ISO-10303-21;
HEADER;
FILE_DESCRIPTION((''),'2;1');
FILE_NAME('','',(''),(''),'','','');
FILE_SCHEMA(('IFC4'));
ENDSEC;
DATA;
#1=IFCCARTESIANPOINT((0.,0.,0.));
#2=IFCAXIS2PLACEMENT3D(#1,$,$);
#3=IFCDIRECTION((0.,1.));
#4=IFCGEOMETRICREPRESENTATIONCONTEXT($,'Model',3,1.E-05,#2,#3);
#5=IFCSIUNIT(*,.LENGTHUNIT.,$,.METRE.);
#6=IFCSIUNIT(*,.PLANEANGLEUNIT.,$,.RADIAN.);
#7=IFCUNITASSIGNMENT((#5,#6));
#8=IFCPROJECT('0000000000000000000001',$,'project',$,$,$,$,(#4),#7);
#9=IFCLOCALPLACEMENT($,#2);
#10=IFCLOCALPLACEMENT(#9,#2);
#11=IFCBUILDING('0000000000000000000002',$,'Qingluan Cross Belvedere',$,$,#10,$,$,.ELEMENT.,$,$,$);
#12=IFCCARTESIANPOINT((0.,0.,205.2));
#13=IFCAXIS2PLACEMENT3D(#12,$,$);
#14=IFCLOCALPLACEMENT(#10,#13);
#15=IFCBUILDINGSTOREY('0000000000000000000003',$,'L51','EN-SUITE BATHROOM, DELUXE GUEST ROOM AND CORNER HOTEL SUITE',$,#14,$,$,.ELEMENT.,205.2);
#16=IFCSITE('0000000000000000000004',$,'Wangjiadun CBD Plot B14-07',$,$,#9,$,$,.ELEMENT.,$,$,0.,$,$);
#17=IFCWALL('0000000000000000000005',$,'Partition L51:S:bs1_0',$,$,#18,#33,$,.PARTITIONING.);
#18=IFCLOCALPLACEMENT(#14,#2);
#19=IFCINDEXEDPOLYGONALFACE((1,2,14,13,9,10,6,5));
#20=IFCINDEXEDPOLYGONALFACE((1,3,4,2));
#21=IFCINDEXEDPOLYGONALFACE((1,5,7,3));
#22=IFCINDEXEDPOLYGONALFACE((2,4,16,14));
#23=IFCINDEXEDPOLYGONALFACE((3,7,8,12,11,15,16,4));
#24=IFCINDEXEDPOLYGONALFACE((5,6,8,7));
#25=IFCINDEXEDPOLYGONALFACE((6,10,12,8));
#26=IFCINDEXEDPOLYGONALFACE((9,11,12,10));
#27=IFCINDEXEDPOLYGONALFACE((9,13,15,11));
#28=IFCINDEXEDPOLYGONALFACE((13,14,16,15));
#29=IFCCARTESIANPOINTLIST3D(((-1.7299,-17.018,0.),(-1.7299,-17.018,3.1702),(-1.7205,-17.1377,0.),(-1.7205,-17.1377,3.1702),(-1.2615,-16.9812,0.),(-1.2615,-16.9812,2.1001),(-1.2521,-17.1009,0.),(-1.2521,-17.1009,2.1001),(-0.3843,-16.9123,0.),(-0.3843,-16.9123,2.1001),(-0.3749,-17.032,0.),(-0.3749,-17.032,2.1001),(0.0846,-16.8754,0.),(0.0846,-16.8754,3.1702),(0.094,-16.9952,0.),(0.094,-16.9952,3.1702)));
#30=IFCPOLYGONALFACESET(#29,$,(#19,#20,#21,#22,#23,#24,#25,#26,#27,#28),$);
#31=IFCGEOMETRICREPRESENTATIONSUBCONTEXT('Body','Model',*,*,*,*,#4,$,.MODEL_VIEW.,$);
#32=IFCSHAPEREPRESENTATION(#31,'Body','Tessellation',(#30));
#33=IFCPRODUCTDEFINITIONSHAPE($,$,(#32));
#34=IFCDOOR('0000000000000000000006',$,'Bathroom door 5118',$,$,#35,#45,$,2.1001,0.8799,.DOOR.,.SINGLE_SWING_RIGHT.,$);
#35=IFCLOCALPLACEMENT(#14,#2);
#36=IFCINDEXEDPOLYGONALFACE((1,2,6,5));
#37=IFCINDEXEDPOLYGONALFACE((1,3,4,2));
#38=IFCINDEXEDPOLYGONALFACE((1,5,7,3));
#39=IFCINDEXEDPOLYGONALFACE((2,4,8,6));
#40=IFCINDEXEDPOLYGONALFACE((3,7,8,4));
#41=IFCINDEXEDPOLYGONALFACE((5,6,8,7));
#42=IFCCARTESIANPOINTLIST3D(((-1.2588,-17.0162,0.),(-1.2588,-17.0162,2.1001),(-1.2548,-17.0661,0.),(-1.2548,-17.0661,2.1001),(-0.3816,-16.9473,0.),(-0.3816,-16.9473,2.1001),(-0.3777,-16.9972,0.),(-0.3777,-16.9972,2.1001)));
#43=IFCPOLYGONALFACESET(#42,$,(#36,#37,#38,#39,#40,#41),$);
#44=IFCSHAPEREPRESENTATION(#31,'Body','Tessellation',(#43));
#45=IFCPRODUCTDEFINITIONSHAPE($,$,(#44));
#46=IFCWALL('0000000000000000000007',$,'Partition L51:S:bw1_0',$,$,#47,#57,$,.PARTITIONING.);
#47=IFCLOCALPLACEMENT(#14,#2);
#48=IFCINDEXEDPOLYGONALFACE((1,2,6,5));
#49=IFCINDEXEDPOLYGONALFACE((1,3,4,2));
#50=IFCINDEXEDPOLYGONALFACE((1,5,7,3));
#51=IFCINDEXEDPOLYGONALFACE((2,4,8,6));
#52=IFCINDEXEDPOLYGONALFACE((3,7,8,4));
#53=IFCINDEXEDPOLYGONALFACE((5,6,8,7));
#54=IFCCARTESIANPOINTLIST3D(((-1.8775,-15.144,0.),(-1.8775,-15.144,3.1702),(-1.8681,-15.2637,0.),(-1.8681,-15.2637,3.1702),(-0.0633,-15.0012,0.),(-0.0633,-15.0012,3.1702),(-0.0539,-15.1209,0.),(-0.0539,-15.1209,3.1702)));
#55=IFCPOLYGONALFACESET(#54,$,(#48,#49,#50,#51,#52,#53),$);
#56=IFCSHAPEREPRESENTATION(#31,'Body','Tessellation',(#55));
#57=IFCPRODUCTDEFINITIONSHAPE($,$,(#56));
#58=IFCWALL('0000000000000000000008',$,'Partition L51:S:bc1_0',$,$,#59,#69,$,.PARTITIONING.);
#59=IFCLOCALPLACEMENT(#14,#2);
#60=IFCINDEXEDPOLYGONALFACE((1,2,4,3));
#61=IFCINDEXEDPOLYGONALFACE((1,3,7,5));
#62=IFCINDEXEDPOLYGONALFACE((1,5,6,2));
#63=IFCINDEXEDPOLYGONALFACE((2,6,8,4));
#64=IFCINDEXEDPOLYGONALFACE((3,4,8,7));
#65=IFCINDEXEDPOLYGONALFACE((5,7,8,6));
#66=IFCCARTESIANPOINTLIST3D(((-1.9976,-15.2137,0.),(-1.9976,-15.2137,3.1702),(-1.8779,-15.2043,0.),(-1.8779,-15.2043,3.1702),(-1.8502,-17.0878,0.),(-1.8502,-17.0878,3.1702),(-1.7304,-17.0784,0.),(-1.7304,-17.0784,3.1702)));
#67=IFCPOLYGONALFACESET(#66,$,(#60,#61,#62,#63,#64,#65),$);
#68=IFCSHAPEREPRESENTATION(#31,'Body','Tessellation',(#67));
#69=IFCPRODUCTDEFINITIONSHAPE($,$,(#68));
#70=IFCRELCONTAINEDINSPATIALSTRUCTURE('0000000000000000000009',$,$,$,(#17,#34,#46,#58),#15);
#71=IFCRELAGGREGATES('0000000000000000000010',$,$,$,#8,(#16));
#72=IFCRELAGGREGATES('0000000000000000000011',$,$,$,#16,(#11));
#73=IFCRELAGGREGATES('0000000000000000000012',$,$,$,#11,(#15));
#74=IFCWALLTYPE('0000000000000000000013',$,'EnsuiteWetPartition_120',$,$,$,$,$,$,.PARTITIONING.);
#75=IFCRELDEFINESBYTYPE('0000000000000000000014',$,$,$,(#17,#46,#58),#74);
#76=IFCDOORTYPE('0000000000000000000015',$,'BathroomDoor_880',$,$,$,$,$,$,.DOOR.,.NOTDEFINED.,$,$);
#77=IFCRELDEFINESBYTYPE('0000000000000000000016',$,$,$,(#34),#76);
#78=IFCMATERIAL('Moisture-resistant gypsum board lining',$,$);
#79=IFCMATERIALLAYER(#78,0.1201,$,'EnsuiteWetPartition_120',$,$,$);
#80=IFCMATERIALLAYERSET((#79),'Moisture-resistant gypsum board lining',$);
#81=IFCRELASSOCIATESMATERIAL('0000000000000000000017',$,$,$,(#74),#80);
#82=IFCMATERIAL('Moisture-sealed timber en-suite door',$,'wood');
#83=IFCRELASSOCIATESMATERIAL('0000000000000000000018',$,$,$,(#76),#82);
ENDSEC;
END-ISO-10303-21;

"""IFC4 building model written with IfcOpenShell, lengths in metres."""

from ifc_helpers import new_model, si_unit, direction, frame, frame_2d, origin, place, context, subcontext, project, spatial, rectangle, extrude, material, layer, layer_set, type_object, element, fill, save


model = new_model("IFC4")

# Units and contexts
model_context = context("Model", 3, precision=1e-05, world=origin(), true_north=direction((0.0, 1.0)))
body_context = subcontext(model_context, "Body", "Model", "MODEL_VIEW")
ifc_project = project(units=[si_unit("LENGTHUNIT", "METRE"), si_unit("PLANEANGLEUNIT", "RADIAN")], contexts=[model_context])

# Site, building, storey
site_placement = place(None, origin())
site = spatial("IfcSite", under=ifc_project, at=site_placement, Name="Wangjiadun CBD Plot B14-07", CompositionType="ELEMENT", RefElevation=0.0)
building_placement = place(site_placement, origin())
building = spatial("IfcBuilding", under=site, at=building_placement, Name="Qingluan Cross Belvedere", CompositionType="ELEMENT")
storey_placement = place(building_placement, frame((0.0, 0.0, 205.2)))
storey = spatial("IfcBuildingStorey", under=building, at=storey_placement, Name="L51", Description="EN-SUITE BATHROOM, DELUXE GUEST ROOM AND CORNER HOTEL SUITE", CompositionType="ELEMENT", Elevation=205.2)

# Shared definitions
ifc_material_1 = material(Name="Moisture-resistant gypsum board lining")
ifc_layer_1 = layer(ifc_material_1, 0.1201, Name="EnsuiteWetPartition_120")
ifc_layer_set_1 = layer_set([ifc_layer_1], Name="Moisture-resistant gypsum board lining")
wall_type_1 = type_object("IfcWallType", Name="EnsuiteWetPartition_120", PredefinedType="PARTITIONING", material=ifc_layer_set_1)
ifc_material_2 = material(Name="Moisture-sealed timber en-suite door", Category="wood")
door_type_1 = type_object("IfcDoorType", Name="BathroomDoor_880", OperationType="NOTDEFINED", PredefinedType="DOOR", material=ifc_material_2)

# Wall, opening, door
wall_1_placement = place(storey_placement, frame((-1.7253, -17.0779, 0.0), z_axis=(0.0, 0.0, 1.0), x_axis=(0.996927, 0.078338, 0.0)))
wall_1 = element("IfcWall", 1, at=wall_1_placement, inside=storey, type_object=wall_type_1, Name="Partition L51:S:bs1_0", PredefinedType="PARTITIONING", context=body_context, shape_type="SweptSolid", body=[
    extrude(rectangle(XDim=1.8201, YDim=0.1201, at=frame_2d((0.9102, 0.0))), origin(), (0.0, 0.0, 1.0), 3.1702),
])
opening_1_placement = place(wall_1_placement, frame((0.47, 0.0, 0.0)))
opening_1 = element("IfcOpeningElement", 2, at=opening_1_placement, cuts=wall_1, PredefinedType="OPENING", context=body_context, shape_type="SweptSolid", body=[
    extrude(rectangle(XDim=0.8799, YDim=2.1001, at=frame_2d((0.4399, 1.05))), frame((0.0, 0.0701, 0.0), z_axis=(0.0, -1.0, 0.0), x_axis=(1.0, 0.0, 0.0)), (0.0, 0.0, 1.0), 0.1401),
])
door_1_placement = place(opening_1_placement, origin())
door_1 = element("IfcDoor", 3, at=door_1_placement, inside=storey, type_object=door_type_1, Name="Bathroom door 5118", OperationType="SINGLE_SWING_RIGHT", OverallHeight=2.1001, OverallWidth=0.8799, PredefinedType="DOOR", context=body_context, shape_type="SweptSolid", body=[
    extrude(rectangle(XDim=0.8799, YDim=2.1001, at=frame_2d((0.4399, 1.05))), frame((0.0, 0.0249, 0.0), z_axis=(0.0, -1.0, 0.0), x_axis=(1.0, 0.0, 0.0)), (0.0, 0.0, 1.0), 0.05),
])
fill(opening_1, door_1)

# Walls
wall_2_placement = place(storey_placement, frame((-1.8728, -15.2039, 0.0), z_axis=(0.0, 0.0, 1.0), x_axis=(0.996916, 0.078481, 0.0)))
element("IfcWall", 4, at=wall_2_placement, inside=storey, type_object=wall_type_1, Name="Partition L51:S:bw1_0", PredefinedType="PARTITIONING", context=body_context, shape_type="SweptSolid", body=[
    extrude(rectangle(XDim=1.8198, YDim=0.1201, at=frame_2d((0.9099, 0.0))), origin(), (0.0, 0.0, 1.0), 3.1702),
])
wall_3_placement = place(storey_placement, frame((-1.9377, -15.209, 0.0), z_axis=(0.0, 0.0, 1.0), x_axis=(0.078444, -0.996918, 0.0)))
element("IfcWall", 5, at=wall_3_placement, inside=storey, type_object=wall_type_1, Name="Partition L51:S:bc1_0", PredefinedType="PARTITIONING", context=body_context, shape_type="SweptSolid", body=[
    extrude(rectangle(XDim=1.8799, YDim=0.1201, at=frame_2d((0.9399, 0.0))), origin(), (0.0, 0.0, 1.0), 3.1702),
])

save(model, "model.ifc")
